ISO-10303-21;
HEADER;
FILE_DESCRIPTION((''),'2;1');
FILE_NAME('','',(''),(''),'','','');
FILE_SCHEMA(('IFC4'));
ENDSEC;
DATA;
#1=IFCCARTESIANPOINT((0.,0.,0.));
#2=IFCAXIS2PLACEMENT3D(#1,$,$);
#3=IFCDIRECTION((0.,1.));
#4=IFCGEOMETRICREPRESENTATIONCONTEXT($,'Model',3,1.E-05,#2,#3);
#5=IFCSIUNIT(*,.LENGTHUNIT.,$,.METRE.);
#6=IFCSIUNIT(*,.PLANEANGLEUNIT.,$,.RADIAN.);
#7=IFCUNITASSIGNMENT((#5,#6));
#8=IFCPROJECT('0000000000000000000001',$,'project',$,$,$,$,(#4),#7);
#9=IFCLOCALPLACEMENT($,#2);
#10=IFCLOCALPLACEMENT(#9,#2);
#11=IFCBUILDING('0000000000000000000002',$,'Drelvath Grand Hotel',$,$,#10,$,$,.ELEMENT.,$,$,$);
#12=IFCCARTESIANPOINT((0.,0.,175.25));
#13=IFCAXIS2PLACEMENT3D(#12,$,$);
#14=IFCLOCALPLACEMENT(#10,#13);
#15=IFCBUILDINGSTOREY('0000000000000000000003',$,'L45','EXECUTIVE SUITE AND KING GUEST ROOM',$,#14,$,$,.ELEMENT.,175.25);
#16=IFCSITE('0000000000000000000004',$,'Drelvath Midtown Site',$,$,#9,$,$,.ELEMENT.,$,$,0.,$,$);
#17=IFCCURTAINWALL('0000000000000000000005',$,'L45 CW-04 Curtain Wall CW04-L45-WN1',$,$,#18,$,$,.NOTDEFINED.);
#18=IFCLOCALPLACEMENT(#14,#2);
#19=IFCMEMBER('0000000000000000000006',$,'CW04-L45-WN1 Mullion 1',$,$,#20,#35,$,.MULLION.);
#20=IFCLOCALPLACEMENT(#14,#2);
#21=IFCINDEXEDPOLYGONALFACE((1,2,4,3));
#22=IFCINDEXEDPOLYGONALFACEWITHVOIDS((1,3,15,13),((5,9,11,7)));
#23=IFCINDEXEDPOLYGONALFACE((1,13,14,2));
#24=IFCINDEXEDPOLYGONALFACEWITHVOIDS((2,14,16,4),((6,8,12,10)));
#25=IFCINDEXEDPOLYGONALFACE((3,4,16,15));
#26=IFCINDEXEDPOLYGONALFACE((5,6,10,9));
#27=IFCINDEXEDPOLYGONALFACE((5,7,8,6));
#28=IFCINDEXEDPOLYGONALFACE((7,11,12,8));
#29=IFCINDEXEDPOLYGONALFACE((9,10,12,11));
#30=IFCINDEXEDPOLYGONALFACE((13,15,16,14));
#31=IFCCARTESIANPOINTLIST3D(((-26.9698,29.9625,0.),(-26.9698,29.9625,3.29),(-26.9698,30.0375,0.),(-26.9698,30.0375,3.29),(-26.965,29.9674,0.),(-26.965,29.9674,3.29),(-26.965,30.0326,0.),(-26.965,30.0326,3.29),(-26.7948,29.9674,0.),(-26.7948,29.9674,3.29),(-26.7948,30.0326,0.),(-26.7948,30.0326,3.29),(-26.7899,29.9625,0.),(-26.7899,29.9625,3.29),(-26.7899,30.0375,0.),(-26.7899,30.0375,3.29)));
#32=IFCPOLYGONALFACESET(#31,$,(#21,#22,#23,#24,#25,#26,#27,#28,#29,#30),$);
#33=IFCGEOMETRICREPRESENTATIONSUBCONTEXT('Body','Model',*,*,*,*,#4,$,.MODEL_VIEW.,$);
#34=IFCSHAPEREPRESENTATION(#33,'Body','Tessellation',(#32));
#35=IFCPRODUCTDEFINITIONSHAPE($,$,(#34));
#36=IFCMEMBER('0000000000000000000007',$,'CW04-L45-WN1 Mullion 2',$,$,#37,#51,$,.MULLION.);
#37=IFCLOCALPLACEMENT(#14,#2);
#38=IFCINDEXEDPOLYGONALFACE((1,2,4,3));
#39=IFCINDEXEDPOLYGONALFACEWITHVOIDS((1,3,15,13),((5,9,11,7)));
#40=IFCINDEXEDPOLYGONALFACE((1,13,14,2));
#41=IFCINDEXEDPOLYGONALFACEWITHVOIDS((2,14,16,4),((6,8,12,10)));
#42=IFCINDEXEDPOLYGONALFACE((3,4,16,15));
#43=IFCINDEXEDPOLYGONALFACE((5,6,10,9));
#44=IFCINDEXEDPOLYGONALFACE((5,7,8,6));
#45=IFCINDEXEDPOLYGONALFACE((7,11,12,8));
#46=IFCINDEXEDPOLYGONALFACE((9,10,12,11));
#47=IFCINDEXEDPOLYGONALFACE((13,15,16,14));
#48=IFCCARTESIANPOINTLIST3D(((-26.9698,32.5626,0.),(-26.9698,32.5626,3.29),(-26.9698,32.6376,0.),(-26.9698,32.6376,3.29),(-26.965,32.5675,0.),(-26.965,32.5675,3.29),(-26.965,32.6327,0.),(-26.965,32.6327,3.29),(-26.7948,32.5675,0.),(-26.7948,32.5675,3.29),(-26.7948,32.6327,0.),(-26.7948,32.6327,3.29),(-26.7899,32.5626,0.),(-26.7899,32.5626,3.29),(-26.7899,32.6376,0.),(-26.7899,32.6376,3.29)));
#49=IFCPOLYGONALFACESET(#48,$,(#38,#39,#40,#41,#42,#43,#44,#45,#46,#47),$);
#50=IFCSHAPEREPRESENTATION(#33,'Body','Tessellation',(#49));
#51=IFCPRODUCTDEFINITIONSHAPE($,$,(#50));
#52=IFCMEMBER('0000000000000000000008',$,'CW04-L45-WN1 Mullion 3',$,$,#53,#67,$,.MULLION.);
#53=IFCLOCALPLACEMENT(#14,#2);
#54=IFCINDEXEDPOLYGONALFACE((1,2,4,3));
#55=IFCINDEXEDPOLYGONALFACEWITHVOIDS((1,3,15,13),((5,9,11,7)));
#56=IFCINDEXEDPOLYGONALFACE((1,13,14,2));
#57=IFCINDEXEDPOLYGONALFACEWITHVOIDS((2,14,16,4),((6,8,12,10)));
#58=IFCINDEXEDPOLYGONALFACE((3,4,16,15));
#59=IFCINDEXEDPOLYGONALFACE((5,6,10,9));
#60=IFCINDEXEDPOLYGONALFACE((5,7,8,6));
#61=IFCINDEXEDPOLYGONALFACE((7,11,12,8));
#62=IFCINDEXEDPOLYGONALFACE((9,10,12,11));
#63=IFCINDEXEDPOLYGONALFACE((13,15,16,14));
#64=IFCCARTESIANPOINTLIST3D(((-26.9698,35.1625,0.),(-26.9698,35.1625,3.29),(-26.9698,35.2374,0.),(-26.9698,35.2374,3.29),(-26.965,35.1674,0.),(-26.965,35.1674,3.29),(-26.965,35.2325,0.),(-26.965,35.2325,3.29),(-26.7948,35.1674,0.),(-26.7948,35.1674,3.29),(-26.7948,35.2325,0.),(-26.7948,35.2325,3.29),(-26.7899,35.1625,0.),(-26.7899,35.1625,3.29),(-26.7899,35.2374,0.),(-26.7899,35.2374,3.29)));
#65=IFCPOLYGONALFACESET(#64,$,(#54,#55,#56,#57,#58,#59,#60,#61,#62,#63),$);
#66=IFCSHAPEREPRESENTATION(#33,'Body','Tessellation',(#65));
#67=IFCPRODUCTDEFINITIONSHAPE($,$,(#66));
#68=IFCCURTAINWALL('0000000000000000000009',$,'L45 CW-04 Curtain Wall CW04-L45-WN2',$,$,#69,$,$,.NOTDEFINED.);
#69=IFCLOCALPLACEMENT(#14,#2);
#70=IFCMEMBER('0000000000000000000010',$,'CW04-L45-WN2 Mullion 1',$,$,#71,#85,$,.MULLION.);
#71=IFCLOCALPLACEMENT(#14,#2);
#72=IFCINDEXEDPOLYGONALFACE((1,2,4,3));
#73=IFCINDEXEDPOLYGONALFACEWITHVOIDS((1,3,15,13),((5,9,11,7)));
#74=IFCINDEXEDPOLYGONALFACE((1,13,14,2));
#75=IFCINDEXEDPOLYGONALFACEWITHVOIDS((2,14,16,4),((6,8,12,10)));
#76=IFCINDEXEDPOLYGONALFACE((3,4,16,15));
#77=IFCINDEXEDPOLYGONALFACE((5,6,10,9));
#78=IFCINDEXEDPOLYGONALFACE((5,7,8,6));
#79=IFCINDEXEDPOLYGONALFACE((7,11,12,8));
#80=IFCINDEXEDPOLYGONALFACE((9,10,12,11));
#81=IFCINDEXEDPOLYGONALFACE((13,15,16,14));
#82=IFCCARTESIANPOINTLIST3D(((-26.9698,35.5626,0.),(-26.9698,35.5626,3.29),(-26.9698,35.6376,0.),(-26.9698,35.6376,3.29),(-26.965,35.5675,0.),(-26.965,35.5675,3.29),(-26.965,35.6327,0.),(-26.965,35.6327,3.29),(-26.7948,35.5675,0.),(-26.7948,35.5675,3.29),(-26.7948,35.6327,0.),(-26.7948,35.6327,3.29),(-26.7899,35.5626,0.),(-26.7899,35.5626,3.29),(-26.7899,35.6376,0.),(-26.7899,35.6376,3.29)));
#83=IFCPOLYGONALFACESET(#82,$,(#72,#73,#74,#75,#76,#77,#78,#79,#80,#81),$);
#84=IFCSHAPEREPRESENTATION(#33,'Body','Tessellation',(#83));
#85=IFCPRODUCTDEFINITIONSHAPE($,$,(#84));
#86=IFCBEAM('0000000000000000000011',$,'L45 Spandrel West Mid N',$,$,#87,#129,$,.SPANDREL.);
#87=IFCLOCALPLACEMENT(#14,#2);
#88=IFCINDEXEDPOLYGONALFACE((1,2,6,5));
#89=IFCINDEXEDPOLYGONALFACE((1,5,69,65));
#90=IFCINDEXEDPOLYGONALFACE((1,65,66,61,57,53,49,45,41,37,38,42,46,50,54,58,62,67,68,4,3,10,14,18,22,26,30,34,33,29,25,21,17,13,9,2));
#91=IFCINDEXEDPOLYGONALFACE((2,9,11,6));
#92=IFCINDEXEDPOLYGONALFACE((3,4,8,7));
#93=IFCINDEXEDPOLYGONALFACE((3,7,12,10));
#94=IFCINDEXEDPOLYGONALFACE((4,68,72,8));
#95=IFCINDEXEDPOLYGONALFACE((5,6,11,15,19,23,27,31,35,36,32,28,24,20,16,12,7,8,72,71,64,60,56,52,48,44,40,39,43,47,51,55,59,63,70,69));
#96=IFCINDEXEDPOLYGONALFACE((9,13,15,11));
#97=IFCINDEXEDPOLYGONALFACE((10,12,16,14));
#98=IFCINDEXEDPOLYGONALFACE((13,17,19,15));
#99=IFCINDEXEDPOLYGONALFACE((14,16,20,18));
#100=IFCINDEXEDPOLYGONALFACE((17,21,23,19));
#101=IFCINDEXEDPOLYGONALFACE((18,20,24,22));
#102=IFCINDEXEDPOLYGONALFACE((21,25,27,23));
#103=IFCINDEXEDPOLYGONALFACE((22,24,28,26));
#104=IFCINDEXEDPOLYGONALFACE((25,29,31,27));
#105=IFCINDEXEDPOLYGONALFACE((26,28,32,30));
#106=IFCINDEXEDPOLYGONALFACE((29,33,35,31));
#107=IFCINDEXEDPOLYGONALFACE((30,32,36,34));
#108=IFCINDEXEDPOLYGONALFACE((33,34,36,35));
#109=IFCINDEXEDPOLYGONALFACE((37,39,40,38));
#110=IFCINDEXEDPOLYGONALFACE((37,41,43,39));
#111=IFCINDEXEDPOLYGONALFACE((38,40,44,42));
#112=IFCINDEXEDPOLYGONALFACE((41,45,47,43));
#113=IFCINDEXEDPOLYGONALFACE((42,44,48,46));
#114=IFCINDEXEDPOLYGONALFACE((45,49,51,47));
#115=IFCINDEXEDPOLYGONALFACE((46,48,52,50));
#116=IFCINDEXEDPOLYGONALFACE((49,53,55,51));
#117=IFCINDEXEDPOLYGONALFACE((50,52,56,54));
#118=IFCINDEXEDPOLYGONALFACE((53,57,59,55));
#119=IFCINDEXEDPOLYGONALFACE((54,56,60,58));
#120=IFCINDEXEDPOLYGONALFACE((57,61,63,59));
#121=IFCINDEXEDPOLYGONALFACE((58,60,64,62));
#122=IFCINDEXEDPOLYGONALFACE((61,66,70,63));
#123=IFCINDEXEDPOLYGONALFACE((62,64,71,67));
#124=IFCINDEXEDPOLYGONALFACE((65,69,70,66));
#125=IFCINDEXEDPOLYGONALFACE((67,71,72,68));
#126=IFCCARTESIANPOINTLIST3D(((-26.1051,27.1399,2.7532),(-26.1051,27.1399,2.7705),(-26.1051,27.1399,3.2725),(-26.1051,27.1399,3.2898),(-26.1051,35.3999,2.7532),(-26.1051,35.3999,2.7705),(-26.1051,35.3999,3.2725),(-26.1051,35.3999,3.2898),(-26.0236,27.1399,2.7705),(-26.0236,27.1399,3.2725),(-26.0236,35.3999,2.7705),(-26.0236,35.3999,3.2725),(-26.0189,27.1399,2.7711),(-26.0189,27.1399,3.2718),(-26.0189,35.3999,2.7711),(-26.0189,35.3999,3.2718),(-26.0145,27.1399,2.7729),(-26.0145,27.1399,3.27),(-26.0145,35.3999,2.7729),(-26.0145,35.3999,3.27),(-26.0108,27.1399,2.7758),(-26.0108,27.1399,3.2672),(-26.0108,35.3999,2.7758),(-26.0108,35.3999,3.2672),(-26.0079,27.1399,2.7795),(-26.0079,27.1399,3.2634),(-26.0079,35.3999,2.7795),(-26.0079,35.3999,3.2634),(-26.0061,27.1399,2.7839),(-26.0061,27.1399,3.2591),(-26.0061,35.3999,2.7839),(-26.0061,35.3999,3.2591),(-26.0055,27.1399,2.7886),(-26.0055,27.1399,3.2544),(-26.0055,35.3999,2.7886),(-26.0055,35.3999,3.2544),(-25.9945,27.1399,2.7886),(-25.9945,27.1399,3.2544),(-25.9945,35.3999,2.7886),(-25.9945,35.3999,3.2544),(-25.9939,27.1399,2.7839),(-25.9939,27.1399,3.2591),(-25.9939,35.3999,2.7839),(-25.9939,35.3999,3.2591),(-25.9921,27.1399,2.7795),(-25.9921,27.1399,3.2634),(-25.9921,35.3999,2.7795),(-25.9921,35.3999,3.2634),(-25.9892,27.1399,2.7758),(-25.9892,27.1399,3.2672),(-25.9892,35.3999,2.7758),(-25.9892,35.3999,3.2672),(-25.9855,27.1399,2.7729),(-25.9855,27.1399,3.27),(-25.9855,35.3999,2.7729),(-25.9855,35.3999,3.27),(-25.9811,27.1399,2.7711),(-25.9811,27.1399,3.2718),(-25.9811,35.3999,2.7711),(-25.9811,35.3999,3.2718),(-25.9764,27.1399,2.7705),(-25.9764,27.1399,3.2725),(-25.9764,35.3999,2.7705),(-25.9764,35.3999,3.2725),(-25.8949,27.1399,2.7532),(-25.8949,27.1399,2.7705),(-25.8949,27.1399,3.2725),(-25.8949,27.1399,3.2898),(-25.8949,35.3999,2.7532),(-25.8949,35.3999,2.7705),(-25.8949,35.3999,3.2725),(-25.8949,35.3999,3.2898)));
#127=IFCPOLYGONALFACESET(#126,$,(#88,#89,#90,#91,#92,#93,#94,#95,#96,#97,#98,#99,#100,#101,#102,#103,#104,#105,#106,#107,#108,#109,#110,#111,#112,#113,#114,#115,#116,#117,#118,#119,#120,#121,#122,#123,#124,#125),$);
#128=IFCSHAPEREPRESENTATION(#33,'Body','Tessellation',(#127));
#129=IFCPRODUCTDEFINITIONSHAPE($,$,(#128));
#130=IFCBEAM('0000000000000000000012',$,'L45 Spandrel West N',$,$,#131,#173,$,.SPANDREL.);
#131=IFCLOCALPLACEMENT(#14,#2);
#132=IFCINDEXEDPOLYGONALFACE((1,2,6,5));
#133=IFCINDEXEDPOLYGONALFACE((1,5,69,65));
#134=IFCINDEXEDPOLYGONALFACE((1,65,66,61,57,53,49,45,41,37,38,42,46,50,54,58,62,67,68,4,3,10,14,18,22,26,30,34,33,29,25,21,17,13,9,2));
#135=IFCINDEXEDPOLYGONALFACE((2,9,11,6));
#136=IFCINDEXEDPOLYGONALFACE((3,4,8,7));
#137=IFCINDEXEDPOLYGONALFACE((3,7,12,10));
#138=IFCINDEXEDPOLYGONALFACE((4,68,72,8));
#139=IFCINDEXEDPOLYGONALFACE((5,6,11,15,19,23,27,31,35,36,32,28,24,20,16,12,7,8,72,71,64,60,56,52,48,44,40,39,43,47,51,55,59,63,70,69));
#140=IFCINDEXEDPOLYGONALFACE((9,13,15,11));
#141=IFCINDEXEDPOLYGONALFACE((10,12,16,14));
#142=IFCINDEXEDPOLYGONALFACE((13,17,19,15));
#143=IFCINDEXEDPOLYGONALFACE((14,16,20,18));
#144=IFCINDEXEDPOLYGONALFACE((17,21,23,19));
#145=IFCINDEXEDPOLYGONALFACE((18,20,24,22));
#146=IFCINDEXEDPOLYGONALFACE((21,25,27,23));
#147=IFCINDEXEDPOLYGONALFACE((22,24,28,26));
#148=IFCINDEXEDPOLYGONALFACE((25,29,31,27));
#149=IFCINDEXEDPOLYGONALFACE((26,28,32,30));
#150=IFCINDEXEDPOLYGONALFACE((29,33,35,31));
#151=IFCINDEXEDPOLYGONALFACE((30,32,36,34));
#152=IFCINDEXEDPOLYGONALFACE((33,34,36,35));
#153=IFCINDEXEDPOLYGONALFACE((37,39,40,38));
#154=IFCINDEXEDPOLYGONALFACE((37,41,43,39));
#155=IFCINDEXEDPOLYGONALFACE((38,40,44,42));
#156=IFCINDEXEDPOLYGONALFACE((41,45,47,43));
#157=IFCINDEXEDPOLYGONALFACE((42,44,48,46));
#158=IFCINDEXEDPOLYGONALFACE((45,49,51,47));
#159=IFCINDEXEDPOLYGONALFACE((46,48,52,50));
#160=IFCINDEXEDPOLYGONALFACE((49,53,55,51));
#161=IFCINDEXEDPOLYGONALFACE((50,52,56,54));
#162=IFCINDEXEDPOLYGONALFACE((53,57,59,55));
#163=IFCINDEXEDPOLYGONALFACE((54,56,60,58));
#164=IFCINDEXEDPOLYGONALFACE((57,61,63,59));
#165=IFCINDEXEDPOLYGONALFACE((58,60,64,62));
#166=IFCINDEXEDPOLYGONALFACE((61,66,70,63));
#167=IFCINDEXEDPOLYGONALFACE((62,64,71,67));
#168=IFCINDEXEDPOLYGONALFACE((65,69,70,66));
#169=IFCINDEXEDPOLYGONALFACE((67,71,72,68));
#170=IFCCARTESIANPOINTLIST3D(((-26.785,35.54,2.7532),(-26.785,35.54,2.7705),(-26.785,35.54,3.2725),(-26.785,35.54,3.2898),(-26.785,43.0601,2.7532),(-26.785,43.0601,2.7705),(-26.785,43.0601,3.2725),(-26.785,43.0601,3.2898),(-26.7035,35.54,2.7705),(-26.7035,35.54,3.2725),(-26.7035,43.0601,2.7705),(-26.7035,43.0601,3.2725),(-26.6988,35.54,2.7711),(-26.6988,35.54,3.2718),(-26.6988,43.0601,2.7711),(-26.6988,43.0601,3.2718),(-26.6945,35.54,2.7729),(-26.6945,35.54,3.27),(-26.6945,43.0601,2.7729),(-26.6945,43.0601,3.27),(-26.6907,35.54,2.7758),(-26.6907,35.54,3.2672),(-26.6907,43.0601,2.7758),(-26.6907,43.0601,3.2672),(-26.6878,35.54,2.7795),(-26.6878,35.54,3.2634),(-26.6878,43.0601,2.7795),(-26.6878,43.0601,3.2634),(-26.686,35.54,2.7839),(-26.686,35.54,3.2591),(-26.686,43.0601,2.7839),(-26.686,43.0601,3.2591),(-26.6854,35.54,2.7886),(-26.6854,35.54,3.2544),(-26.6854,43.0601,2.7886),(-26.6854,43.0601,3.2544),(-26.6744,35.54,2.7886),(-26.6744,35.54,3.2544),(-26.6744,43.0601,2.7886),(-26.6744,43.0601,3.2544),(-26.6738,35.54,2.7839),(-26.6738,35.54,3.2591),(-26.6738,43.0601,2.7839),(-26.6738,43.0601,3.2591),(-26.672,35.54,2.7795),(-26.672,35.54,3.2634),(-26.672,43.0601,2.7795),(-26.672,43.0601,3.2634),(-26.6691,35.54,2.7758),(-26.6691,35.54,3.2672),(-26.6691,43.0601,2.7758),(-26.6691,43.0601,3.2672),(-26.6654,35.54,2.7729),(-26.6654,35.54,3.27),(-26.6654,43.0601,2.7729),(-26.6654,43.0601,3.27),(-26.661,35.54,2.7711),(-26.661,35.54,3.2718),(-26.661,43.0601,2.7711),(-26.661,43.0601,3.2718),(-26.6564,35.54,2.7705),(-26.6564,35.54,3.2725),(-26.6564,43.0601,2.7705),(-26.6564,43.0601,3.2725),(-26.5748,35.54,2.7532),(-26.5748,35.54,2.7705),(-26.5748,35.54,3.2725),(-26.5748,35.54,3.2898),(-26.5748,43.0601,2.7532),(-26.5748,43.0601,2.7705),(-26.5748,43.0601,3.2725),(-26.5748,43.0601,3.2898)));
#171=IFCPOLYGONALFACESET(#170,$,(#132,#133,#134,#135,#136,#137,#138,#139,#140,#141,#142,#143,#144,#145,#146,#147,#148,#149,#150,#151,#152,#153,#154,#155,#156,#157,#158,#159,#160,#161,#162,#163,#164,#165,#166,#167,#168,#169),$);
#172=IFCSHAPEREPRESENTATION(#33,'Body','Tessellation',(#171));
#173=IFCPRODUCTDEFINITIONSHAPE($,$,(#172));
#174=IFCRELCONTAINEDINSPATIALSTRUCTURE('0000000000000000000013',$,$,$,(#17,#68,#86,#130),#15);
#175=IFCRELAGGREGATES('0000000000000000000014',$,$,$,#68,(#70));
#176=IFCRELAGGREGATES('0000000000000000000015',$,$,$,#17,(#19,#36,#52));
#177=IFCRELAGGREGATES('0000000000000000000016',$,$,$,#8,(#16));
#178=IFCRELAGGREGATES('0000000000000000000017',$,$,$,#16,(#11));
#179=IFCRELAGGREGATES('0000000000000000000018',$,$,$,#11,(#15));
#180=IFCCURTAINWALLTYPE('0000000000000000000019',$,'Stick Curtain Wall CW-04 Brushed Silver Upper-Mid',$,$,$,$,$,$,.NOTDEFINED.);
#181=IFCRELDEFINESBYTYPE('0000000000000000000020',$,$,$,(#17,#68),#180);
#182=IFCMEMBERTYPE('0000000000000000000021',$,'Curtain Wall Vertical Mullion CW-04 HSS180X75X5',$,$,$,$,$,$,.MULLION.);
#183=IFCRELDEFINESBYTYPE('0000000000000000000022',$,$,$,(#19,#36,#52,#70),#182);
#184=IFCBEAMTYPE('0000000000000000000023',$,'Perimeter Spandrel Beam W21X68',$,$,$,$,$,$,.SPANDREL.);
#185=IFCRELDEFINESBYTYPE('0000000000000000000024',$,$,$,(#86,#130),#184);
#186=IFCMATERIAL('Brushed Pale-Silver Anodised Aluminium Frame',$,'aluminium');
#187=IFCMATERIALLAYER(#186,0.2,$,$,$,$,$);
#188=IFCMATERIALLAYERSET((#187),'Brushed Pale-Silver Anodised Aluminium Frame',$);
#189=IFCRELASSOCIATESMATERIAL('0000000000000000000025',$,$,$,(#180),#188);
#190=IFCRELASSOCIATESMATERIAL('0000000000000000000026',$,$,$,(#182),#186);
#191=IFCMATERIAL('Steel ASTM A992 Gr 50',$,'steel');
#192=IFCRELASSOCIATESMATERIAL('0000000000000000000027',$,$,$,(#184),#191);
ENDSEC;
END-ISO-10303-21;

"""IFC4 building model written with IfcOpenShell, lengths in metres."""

from ifc_helpers import new_model, si_unit, direction, frame, origin, origin_2d, place, context, subcontext, project, spatial, hollow_rectangle, i_section, extrude, material, layer, layer_set, material_profile, profile_set, type_object, element, aggregate, save


model = new_model("IFC4")

# Units and contexts
model_context = context("Model", 3, precision=1e-05, world=origin(), true_north=direction((0.0, 1.0)))
body_context = subcontext(model_context, "Body", "Model", "MODEL_VIEW")
ifc_project = project(units=[si_unit("LENGTHUNIT", "METRE"), si_unit("PLANEANGLEUNIT", "RADIAN")], contexts=[model_context])

# Site, building, storey
site_placement = place(None, origin())
site = spatial("IfcSite", under=ifc_project, at=site_placement, Name="Drelvath Midtown Site", CompositionType="ELEMENT", RefElevation=0.0)
building_placement = place(site_placement, origin())
building = spatial("IfcBuilding", under=site, at=building_placement, Name="Drelvath Grand Hotel", CompositionType="ELEMENT")
storey_placement = place(building_placement, frame((0.0, 0.0, 175.25)))
storey = spatial("IfcBuildingStorey", under=building, at=storey_placement, Name="L45", Description="EXECUTIVE SUITE AND KING GUEST ROOM", CompositionType="ELEMENT", Elevation=175.25)

# Curtain wall
ifc_material_1 = material(Name="Brushed Pale-Silver Anodised Aluminium Frame", Category="aluminium")
ifc_layer_1 = layer(ifc_material_1, 0.2)
ifc_layer_set_1 = layer_set([ifc_layer_1], Name="Brushed Pale-Silver Anodised Aluminium Frame")
curtain_wall_type = type_object("IfcCurtainWallType", Name="Stick Curtain Wall CW-04 Brushed Silver Upper-Mid", PredefinedType="NOTDEFINED", material=ifc_layer_set_1)
curtain_wall_1_placement = place(storey_placement, origin())
curtain_wall_1 = element("IfcCurtainWall", 1, at=curtain_wall_1_placement, inside=storey, type_object=curtain_wall_type, Name="L45 CW-04 Curtain Wall CW04-L45-WN1", PredefinedType="NOTDEFINED")
ifc_material_profile_1 = material_profile(ifc_material_1, hollow_rectangle(XDim=0.075, YDim=0.1799, WallThickness=0.0049, at=origin_2d()), Name="HSS180X75X5")
ifc_profile_set_1 = profile_set([ifc_material_profile_1], Name="Brushed Pale-Silver Anodised Aluminium Frame")
member_type_1 = type_object("IfcMemberType", Name="Curtain Wall Vertical Mullion CW-04 HSS180X75X5", PredefinedType="MULLION", material=ifc_profile_set_1)

# Members
member_1_placement = place(storey_placement, frame((-26.8799, 30.0, 0.0), z_axis=(0.0, 0.0, 1.0), x_axis=(0.0, 1.0, 0.0)))
member_1 = element("IfcMember", 2, at=member_1_placement, type_object=member_type_1, Name="CW04-L45-WN1 Mullion 1", PredefinedType="MULLION", context=body_context, shape_type="SweptSolid", body=[
    extrude(hollow_rectangle(XDim=0.075, YDim=0.1799, WallThickness=0.0049, at=origin_2d()), origin(), (0.0, 0.0, 1.0), 3.29),
])
member_2_placement = place(storey_placement, frame((-26.8799, 32.6001, 0.0), z_axis=(0.0, 0.0, 1.0), x_axis=(0.0, 1.0, 0.0)))
member_2 = element("IfcMember", 3, at=member_2_placement, type_object=member_type_1, Name="CW04-L45-WN1 Mullion 2", PredefinedType="MULLION", context=body_context, shape_type="SweptSolid", body=[
    extrude(hollow_rectangle(XDim=0.075, YDim=0.1799, WallThickness=0.0049, at=origin_2d()), origin(), (0.0, 0.0, 1.0), 3.29),
])
member_3_placement = place(storey_placement, frame((-26.8799, 35.2, 0.0), z_axis=(0.0, 0.0, 1.0), x_axis=(0.0, 1.0, 0.0)))
member_3 = element("IfcMember", 4, at=member_3_placement, type_object=member_type_1, Name="CW04-L45-WN1 Mullion 3", PredefinedType="MULLION", context=body_context, shape_type="SweptSolid", body=[
    extrude(hollow_rectangle(XDim=0.075, YDim=0.1799, WallThickness=0.0049, at=origin_2d()), origin(), (0.0, 0.0, 1.0), 3.29),
])

# Curtain wall, member
curtain_wall_2_placement = place(storey_placement, origin())
curtain_wall_2 = element("IfcCurtainWall", 5, at=curtain_wall_2_placement, inside=storey, type_object=curtain_wall_type, Name="L45 CW-04 Curtain Wall CW04-L45-WN2", PredefinedType="NOTDEFINED")
member_4_placement = place(storey_placement, frame((-26.8799, 35.6001, 0.0), z_axis=(0.0, 0.0, 1.0), x_axis=(0.0, 1.0, 0.0)))
member_4 = element("IfcMember", 6, at=member_4_placement, type_object=member_type_1, Name="CW04-L45-WN2 Mullion 1", PredefinedType="MULLION", context=body_context, shape_type="SweptSolid", body=[
    extrude(hollow_rectangle(XDim=0.075, YDim=0.1799, WallThickness=0.0049, at=origin_2d()), origin(), (0.0, 0.0, 1.0), 3.29),
])
aggregate(curtain_wall_2, [member_4])

# Beams
ifc_material_2 = material(Name="Steel ASTM A992 Gr 50", Category="steel")
ifc_material_profile_2 = material_profile(ifc_material_2, i_section(OverallWidth=0.2102, OverallDepth=0.5366, WebThickness=0.011, FlangeThickness=0.0173, FilletRadius=0.0181, at=origin_2d()), Name="W21X68")
ifc_profile_set_2 = profile_set([ifc_material_profile_2], Name="Steel ASTM A992 Gr 50")
beam_type_1 = type_object("IfcBeamType", Name="Perimeter Spandrel Beam W21X68", PredefinedType="SPANDREL", material=ifc_profile_set_2)
beam_1_placement = place(storey_placement, frame((-26.0, 27.1399, 3.0215), z_axis=(0.0, 1.0, 0.0), x_axis=(-1.0, 0.0, 0.0)))
element("IfcBeam", 7, at=beam_1_placement, inside=storey, type_object=beam_type_1, Name="L45 Spandrel West Mid N", PredefinedType="SPANDREL", context=body_context, shape_type="SweptSolid", body=[
    extrude(i_section(OverallWidth=0.2102, OverallDepth=0.5366, WebThickness=0.011, FlangeThickness=0.0173, FilletRadius=0.0181, at=origin_2d()), origin(), (0.0, 0.0, 1.0), 8.26),
])
beam_2_placement = place(storey_placement, frame((-26.6799, 35.54, 3.0215), z_axis=(0.0, 1.0, 0.0), x_axis=(-1.0, 0.0, 0.0)))
element("IfcBeam", 8, at=beam_2_placement, inside=storey, type_object=beam_type_1, Name="L45 Spandrel West N", PredefinedType="SPANDREL", context=body_context, shape_type="SweptSolid", body=[
    extrude(i_section(OverallWidth=0.2102, OverallDepth=0.5366, WebThickness=0.011, FlangeThickness=0.0173, FilletRadius=0.0181, at=origin_2d()), origin(), (0.0, 0.0, 1.0), 7.52),
])

aggregate(curtain_wall_1, [member_1, member_2, member_3])

save(model, "model.ifc")
